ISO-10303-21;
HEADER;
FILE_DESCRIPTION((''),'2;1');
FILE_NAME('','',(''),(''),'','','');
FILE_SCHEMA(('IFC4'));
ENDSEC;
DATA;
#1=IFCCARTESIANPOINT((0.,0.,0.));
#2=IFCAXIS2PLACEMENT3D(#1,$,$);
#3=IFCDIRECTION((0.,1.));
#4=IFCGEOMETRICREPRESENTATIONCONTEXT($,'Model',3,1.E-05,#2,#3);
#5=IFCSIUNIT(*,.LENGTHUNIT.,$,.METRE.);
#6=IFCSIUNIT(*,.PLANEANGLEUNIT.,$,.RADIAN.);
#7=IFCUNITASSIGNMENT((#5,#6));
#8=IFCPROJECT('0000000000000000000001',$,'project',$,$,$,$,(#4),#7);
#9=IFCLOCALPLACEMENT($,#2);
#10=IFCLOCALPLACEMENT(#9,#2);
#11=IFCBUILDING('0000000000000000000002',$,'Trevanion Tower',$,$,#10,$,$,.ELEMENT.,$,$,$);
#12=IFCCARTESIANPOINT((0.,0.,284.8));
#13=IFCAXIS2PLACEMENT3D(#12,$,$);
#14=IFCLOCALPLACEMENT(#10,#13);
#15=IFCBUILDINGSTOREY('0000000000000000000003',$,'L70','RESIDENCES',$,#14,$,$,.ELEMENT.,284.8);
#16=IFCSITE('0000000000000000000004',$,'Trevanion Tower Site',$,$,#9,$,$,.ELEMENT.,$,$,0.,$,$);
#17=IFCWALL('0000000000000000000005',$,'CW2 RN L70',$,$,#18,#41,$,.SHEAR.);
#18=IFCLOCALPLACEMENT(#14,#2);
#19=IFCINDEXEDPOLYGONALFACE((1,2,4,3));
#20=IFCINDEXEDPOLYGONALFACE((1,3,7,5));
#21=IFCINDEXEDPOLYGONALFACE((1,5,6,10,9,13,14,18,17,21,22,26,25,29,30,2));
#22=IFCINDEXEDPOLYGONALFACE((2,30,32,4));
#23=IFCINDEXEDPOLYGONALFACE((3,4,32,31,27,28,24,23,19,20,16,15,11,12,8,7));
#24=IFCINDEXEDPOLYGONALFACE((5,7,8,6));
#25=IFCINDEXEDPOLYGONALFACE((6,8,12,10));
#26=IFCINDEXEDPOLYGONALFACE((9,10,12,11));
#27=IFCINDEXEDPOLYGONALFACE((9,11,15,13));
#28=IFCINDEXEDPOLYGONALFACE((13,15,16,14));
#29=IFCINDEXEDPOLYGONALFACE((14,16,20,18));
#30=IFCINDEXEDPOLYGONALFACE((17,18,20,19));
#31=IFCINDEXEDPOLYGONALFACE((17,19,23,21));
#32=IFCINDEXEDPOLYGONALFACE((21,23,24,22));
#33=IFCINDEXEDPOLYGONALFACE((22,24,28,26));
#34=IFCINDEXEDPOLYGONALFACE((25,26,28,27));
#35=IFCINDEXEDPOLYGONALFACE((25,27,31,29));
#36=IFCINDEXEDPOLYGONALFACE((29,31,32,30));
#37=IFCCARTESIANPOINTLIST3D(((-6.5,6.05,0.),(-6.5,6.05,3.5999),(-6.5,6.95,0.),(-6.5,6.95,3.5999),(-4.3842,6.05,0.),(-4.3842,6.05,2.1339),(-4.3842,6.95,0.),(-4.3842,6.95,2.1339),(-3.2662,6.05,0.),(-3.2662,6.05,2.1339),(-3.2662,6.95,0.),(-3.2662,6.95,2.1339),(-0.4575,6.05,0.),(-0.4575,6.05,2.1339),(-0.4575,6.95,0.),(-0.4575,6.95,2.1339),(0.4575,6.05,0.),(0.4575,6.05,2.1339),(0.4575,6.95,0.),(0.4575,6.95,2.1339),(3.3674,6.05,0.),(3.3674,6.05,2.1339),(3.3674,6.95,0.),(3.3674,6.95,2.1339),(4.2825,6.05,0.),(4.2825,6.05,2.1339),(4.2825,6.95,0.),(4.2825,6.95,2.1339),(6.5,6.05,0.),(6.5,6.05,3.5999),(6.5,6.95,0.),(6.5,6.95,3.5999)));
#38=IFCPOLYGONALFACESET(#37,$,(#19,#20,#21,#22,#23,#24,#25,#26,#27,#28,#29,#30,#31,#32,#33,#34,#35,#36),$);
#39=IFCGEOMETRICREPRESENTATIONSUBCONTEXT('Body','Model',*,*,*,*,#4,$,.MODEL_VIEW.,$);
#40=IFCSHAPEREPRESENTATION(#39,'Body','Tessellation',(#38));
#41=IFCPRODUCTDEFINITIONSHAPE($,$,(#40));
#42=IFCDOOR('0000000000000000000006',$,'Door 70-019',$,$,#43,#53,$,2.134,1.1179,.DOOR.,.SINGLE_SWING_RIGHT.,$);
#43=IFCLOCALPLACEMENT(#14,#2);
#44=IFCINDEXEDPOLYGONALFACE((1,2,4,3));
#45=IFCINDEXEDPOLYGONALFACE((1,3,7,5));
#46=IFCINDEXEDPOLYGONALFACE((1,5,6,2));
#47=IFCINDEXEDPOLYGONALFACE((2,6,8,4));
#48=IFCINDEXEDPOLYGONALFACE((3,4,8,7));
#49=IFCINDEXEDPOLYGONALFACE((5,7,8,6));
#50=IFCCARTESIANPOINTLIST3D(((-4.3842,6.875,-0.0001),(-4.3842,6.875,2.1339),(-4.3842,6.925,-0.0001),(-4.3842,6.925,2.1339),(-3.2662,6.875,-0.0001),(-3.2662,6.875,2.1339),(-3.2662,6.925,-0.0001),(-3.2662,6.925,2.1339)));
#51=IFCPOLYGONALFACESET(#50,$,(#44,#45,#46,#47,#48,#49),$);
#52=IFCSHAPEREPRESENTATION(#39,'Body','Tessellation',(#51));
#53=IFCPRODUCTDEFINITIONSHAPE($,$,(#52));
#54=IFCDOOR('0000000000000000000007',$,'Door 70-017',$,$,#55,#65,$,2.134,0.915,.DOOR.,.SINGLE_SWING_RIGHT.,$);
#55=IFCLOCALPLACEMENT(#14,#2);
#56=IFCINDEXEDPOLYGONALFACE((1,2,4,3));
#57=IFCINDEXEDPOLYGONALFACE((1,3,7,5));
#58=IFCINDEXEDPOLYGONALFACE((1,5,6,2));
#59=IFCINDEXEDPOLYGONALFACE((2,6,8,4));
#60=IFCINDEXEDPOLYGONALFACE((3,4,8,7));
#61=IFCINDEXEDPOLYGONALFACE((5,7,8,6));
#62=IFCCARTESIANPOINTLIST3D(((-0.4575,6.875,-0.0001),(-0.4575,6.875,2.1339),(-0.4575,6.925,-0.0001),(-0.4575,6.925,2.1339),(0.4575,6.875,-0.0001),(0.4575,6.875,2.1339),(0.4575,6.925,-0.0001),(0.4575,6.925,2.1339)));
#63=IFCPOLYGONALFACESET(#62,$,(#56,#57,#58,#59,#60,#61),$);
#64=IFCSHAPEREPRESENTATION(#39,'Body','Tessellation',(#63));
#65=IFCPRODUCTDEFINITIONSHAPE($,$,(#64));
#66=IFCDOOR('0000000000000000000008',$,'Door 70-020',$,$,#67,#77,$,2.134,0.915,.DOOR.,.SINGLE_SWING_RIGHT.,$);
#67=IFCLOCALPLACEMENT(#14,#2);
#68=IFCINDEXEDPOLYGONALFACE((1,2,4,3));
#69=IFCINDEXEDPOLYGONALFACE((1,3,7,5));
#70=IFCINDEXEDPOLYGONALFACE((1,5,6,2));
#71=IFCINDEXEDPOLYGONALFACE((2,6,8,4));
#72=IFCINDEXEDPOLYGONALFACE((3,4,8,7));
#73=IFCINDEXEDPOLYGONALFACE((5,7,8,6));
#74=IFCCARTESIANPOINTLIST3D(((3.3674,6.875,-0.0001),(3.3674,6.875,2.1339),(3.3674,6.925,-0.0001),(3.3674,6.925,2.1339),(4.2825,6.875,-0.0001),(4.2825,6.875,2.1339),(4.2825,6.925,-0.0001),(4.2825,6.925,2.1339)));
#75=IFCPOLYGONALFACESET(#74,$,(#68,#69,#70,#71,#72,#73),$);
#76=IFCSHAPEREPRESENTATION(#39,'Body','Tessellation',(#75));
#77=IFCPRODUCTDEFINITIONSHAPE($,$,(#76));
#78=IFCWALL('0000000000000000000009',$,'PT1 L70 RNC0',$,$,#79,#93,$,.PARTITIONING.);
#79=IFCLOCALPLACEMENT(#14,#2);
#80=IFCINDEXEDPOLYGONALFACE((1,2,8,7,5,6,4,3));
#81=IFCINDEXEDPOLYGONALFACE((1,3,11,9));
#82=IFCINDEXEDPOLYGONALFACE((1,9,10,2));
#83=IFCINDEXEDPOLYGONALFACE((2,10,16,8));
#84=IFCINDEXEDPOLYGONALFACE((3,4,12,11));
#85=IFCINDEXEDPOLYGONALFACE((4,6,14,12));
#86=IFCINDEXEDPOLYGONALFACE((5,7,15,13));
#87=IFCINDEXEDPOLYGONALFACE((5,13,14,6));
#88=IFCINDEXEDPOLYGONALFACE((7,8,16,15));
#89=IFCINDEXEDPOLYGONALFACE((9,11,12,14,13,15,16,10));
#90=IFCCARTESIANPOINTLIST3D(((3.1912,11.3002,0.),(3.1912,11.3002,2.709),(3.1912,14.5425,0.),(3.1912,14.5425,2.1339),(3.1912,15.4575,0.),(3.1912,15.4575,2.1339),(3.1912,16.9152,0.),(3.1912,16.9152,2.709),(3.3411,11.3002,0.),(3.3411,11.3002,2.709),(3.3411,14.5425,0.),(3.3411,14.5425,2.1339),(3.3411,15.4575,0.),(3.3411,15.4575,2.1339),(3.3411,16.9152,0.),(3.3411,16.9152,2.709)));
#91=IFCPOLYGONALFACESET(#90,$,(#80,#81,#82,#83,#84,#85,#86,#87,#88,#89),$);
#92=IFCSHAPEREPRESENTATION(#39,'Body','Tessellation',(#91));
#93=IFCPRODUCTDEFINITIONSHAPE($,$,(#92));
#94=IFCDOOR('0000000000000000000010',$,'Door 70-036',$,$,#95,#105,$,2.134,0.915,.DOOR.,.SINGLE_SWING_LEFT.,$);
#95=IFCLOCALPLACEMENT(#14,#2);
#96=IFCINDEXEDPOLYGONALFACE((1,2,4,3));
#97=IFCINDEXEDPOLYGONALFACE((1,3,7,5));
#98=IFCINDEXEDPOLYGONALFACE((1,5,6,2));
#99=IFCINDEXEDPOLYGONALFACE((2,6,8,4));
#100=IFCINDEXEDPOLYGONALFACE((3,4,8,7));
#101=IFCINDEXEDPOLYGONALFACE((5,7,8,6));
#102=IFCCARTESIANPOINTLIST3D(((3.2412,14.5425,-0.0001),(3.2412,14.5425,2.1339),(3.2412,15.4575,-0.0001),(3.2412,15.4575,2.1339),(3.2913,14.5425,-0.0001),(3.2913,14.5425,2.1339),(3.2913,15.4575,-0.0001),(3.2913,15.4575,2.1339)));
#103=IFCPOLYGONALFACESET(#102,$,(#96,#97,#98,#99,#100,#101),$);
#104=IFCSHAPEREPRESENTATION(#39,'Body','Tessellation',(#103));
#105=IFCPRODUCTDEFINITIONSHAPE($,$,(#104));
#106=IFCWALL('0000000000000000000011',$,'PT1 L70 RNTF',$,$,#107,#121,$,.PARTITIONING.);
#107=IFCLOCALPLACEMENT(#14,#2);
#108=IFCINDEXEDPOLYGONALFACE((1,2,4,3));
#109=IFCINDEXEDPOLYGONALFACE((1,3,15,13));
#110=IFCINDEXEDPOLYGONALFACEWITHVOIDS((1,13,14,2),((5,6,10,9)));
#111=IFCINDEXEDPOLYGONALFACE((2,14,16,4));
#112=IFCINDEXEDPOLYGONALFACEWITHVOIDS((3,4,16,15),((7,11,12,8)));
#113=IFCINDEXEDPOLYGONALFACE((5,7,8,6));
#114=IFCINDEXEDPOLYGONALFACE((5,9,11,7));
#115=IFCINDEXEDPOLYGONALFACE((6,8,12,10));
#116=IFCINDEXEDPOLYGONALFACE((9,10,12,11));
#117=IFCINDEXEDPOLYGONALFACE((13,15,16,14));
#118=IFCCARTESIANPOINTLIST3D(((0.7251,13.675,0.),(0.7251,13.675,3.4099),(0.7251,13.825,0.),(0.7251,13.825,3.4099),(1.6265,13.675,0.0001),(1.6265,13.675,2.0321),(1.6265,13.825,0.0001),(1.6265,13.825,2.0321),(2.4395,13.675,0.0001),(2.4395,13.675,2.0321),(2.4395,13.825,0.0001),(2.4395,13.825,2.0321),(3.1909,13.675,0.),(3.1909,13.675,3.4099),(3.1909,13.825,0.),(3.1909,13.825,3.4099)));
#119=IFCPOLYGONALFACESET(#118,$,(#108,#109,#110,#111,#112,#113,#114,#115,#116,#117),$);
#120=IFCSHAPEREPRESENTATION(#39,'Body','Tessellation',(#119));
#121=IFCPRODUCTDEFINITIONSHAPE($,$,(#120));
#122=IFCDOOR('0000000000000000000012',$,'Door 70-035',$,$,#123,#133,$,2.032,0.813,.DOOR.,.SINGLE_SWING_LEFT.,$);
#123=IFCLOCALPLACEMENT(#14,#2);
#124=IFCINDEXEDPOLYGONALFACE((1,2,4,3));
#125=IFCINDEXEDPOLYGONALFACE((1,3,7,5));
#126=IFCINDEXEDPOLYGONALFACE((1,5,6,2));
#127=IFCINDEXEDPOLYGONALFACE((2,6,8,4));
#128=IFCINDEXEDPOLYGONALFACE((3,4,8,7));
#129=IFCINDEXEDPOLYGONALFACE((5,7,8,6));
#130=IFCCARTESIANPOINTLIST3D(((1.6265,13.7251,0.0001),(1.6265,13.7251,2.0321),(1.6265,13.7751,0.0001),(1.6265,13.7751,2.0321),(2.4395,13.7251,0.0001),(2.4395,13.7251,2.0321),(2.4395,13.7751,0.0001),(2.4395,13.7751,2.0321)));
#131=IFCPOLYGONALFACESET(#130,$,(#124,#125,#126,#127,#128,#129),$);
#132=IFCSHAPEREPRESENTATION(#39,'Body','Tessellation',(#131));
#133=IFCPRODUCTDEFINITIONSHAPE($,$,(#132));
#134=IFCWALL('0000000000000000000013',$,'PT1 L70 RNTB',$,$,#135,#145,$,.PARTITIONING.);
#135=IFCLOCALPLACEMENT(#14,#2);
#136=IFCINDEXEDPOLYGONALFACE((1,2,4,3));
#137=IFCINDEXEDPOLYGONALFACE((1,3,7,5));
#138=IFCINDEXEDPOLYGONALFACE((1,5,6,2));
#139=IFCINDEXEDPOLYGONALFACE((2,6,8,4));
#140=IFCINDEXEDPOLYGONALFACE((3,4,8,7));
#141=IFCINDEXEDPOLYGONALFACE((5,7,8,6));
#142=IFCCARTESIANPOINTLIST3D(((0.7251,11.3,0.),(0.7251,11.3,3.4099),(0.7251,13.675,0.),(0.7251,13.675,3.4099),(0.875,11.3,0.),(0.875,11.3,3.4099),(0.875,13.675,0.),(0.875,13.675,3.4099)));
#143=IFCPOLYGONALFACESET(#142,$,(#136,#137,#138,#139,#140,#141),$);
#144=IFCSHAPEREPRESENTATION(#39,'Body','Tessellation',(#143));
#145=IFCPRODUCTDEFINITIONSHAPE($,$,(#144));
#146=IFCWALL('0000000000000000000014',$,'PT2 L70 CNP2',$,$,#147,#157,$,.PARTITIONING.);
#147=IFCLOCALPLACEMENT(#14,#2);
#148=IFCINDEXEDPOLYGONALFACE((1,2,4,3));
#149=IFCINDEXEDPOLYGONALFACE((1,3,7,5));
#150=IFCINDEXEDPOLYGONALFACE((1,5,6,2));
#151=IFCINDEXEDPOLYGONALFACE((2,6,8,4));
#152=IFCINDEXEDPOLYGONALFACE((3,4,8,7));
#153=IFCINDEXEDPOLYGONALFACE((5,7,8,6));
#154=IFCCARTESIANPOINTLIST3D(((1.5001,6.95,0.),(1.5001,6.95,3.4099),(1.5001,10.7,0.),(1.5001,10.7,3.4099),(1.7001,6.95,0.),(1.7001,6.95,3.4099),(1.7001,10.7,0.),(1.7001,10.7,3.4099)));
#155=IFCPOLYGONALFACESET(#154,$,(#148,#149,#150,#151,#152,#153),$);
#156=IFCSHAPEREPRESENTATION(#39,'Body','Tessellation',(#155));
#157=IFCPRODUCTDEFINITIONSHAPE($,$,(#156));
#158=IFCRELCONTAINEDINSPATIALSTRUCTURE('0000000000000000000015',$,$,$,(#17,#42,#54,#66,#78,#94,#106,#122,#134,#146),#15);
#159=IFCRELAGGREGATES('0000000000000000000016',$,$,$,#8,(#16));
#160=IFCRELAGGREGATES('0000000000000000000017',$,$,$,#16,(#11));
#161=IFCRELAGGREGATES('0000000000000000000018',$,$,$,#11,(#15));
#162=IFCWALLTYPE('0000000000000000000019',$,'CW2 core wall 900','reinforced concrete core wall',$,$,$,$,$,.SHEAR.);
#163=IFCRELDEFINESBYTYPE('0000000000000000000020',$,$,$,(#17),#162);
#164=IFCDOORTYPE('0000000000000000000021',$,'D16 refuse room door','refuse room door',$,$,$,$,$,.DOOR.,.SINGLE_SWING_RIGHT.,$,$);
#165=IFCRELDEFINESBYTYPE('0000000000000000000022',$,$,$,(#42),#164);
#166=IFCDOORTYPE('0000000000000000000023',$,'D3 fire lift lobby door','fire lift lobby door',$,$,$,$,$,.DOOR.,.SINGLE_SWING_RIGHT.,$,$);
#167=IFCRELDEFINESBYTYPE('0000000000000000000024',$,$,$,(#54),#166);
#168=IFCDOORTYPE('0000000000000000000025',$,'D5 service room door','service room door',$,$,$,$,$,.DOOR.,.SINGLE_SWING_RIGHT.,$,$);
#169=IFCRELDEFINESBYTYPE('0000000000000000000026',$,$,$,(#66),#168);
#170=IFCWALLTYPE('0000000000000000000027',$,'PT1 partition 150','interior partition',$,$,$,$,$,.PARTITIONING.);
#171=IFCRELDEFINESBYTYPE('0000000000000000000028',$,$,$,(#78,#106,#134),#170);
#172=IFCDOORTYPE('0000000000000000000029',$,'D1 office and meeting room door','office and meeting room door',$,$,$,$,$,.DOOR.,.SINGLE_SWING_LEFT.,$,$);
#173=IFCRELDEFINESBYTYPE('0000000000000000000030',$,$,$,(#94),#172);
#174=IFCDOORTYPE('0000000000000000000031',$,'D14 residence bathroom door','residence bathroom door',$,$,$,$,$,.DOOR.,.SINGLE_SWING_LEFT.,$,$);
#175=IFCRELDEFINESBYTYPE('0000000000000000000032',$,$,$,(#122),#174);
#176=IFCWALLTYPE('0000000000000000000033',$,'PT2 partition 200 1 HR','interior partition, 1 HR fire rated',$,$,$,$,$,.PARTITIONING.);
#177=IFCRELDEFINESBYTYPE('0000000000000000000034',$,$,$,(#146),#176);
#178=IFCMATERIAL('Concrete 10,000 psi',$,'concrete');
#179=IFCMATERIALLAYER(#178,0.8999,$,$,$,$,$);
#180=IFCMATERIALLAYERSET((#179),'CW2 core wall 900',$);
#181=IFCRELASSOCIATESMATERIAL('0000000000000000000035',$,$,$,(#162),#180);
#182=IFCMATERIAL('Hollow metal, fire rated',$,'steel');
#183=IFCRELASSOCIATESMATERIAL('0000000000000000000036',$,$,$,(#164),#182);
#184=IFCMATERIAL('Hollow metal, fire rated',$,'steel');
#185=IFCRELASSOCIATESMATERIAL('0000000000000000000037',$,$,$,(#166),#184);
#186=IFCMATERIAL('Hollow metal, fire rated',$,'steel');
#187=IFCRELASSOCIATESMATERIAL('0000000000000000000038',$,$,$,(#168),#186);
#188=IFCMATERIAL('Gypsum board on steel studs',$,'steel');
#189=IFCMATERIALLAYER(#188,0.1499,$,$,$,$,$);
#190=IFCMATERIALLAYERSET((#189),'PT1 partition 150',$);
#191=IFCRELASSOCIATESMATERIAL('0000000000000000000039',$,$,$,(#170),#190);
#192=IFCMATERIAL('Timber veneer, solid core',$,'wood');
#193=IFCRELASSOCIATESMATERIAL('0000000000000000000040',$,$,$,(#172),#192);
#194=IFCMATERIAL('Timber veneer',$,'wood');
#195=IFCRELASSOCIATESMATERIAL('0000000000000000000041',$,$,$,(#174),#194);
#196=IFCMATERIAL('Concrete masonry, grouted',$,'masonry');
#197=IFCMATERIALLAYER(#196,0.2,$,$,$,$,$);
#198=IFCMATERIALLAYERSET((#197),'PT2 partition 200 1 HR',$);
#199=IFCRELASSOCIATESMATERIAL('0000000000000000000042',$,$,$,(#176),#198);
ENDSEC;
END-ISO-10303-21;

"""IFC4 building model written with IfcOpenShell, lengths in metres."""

from ifc_helpers import new_model, si_unit, direction, frame, frame_2d, origin, place, context, subcontext, project, spatial, rectangle, extrude, material, layer, layer_set, type_object, element, fill, save


model = new_model("IFC4")

# Units and contexts
model_context = context("Model", 3, precision=1e-05, world=origin(), true_north=direction((0.0, 1.0)))
body_context = subcontext(model_context, "Body", "Model", "MODEL_VIEW")
ifc_project = project(units=[si_unit("LENGTHUNIT", "METRE"), si_unit("PLANEANGLEUNIT", "RADIAN")], contexts=[model_context])

# Site, building, storey
site_placement = place(None, origin())
site = spatial("IfcSite", under=ifc_project, at=site_placement, Name="Trevanion Tower Site", CompositionType="ELEMENT", RefElevation=0.0)
building_placement = place(site_placement, origin())
building = spatial("IfcBuilding", under=site, at=building_placement, Name="Trevanion Tower", CompositionType="ELEMENT")
storey_placement = place(building_placement, frame((0.0, 0.0, 284.8)))
storey = spatial("IfcBuildingStorey", under=building, at=storey_placement, Name="L70", Description="RESIDENCES", CompositionType="ELEMENT", Elevation=284.8)

# Wall, openings, doors
ifc_material_1 = material(Name="Concrete 10,000 psi", Category="concrete")
ifc_layer_1 = layer(ifc_material_1, 0.8999)
ifc_layer_set_1 = layer_set([ifc_layer_1], Name="CW2 core wall 900")
wall_type_1 = type_object("IfcWallType", Name="CW2 core wall 900", Description="reinforced concrete core wall", PredefinedType="SHEAR", material=ifc_layer_set_1)
wall_1_placement = place(storey_placement, frame((6.5, 6.5, 0.0), z_axis=(0.0, 0.0, 1.0), x_axis=(-1.0, 0.0, 0.0)))
wall_1 = element("IfcWall", 1, at=wall_1_placement, inside=storey, type_object=wall_type_1, Name="CW2 RN L70", PredefinedType="SHEAR", context=body_context, shape_type="SweptSolid", body=[
    extrude(rectangle(XDim=13.0, YDim=0.8999, at=frame_2d((6.5, 0.0))), origin(), (0.0, 0.0, 1.0), 3.5999),
])
opening_1_placement = place(wall_1_placement, frame((6.0425, 0.0, 0.0)))
opening_1 = element("IfcOpeningElement", 2, at=opening_1_placement, cuts=wall_1, PredefinedType="OPENING", context=body_context, shape_type="SweptSolid", body=[
    extrude(rectangle(XDim=0.915, YDim=2.134, at=frame_2d((0.4575, 1.0669))), frame((0.0, 0.46, 0.0), z_axis=(0.0, -1.0, 0.0), x_axis=(1.0, 0.0, 0.0)), (0.0, 0.0, 1.0), 0.9199),
])
opening_2_placement = place(wall_1_placement, frame((9.7661, 0.0, 0.0)))
opening_2 = element("IfcOpeningElement", 3, at=opening_2_placement, cuts=wall_1, PredefinedType="OPENING", context=body_context, shape_type="SweptSolid", body=[
    extrude(rectangle(XDim=1.1179, YDim=2.134, at=frame_2d((0.5591, 1.0669))), frame((0.0, 0.46, 0.0), z_axis=(0.0, -1.0, 0.0), x_axis=(1.0, 0.0, 0.0)), (0.0, 0.0, 1.0), 0.9199),
])
opening_3_placement = place(wall_1_placement, frame((2.2175, 0.0, 0.0)))
opening_3 = element("IfcOpeningElement", 4, at=opening_3_placement, cuts=wall_1, PredefinedType="OPENING", context=body_context, shape_type="SweptSolid", body=[
    extrude(rectangle(XDim=0.915, YDim=2.134, at=frame_2d((0.4575, 1.0669))), frame((0.0, 0.46, 0.0), z_axis=(0.0, -1.0, 0.0), x_axis=(1.0, 0.0, 0.0)), (0.0, 0.0, 1.0), 0.9199),
])
ifc_material_2 = material(Name="Hollow metal, fire rated", Category="steel")
door_type_1 = type_object("IfcDoorType", Name="D16 refuse room door", Description="refuse room door", OperationType="SINGLE_SWING_RIGHT", PredefinedType="DOOR", material=ifc_material_2)
door_1_placement = place(opening_2_placement, origin())
door_1 = element("IfcDoor", 5, at=door_1_placement, inside=storey, type_object=door_type_1, Name="Door 70-019", OperationType="SINGLE_SWING_RIGHT", OverallHeight=2.134, OverallWidth=1.1179, PredefinedType="DOOR", context=body_context, shape_type="SweptSolid", body=[
    extrude(rectangle(XDim=1.1179, YDim=2.134, at=frame_2d((0.5591, 1.0669))), frame((0.0, -0.375, 0.0), z_axis=(0.0, -1.0, 0.0), x_axis=(1.0, 0.0, 0.0)), (0.0, 0.0, 1.0), 0.05),
])
fill(opening_2, door_1)
ifc_material_3 = material(Name="Hollow metal, fire rated", Category="steel")
door_type_2 = type_object("IfcDoorType", Name="D3 fire lift lobby door", Description="fire lift lobby door", OperationType="SINGLE_SWING_RIGHT", PredefinedType="DOOR", material=ifc_material_3)
door_2_placement = place(opening_1_placement, origin())
door_2 = element("IfcDoor", 6, at=door_2_placement, inside=storey, type_object=door_type_2, Name="Door 70-017", OperationType="SINGLE_SWING_RIGHT", OverallHeight=2.134, OverallWidth=0.915, PredefinedType="DOOR", context=body_context, shape_type="SweptSolid", body=[
    extrude(rectangle(XDim=0.915, YDim=2.134, at=frame_2d((0.4575, 1.0669))), frame((0.0, -0.375, 0.0), z_axis=(0.0, -1.0, 0.0), x_axis=(1.0, 0.0, 0.0)), (0.0, 0.0, 1.0), 0.05),
])
fill(opening_1, door_2)
ifc_material_4 = material(Name="Hollow metal, fire rated", Category="steel")
door_type_3 = type_object("IfcDoorType", Name="D5 service room door", Description="service room door", OperationType="SINGLE_SWING_RIGHT", PredefinedType="DOOR", material=ifc_material_4)
door_3_placement = place(opening_3_placement, origin())
door_3 = element("IfcDoor", 7, at=door_3_placement, inside=storey, type_object=door_type_3, Name="Door 70-020", OperationType="SINGLE_SWING_RIGHT", OverallHeight=2.134, OverallWidth=0.915, PredefinedType="DOOR", context=body_context, shape_type="SweptSolid", body=[
    extrude(rectangle(XDim=0.915, YDim=2.134, at=frame_2d((0.4575, 1.0669))), frame((0.0, -0.375, 0.0), z_axis=(0.0, -1.0, 0.0), x_axis=(1.0, 0.0, 0.0)), (0.0, 0.0, 1.0), 0.05),
])
fill(opening_3, door_3)

# Walls, openings, doors
ifc_material_5 = material(Name="Gypsum board on steel studs", Category="steel")
ifc_layer_2 = layer(ifc_material_5, 0.1499)
ifc_layer_set_2 = layer_set([ifc_layer_2], Name="PT1 partition 150")
wall_type_2 = type_object("IfcWallType", Name="PT1 partition 150", Description="interior partition", PredefinedType="PARTITIONING", material=ifc_layer_set_2)
wall_2_placement = place(storey_placement, frame((3.2661, 11.3, 0.0), z_axis=(0.0, 0.0, 1.0), x_axis=(0.0, 1.0, 0.0)))
wall_2 = element("IfcWall", 8, at=wall_2_placement, inside=storey, type_object=wall_type_2, Name="PT1 L70 RNC0", PredefinedType="PARTITIONING", context=body_context, shape_type="SweptSolid", body=[
    extrude(rectangle(XDim=5.615, YDim=0.1499, at=frame_2d((2.8076, 0.0))), origin(), (0.0, 0.0, 1.0), 2.709),
])
opening_4_placement = place(wall_2_placement, frame((3.2424, 0.0, 0.0)))
opening_4 = element("IfcOpeningElement", 9, at=opening_4_placement, cuts=wall_2, PredefinedType="OPENING", context=body_context, shape_type="SweptSolid", body=[
    extrude(rectangle(XDim=0.915, YDim=2.134, at=frame_2d((0.4575, 1.0669))), frame((0.0, 0.085, 0.0), z_axis=(0.0, -1.0, 0.0), x_axis=(1.0, 0.0, 0.0)), (0.0, 0.0, 1.0), 0.1699),
])
ifc_material_6 = material(Name="Timber veneer, solid core", Category="wood")
door_type_4 = type_object("IfcDoorType", Name="D1 office and meeting room door", Description="office and meeting room door", OperationType="SINGLE_SWING_LEFT", PredefinedType="DOOR", material=ifc_material_6)
door_4_placement = place(opening_4_placement, origin())
door_4 = element("IfcDoor", 10, at=door_4_placement, inside=storey, type_object=door_type_4, Name="Door 70-036", OperationType="SINGLE_SWING_LEFT", OverallHeight=2.134, OverallWidth=0.915, PredefinedType="DOOR", context=body_context, shape_type="SweptSolid", body=[
    extrude(rectangle(XDim=0.915, YDim=2.134, at=frame_2d((0.4575, 1.0669))), frame((0.0, 0.0249, 0.0), z_axis=(0.0, -1.0, 0.0), x_axis=(1.0, 0.0, 0.0)), (0.0, 0.0, 1.0), 0.05),
])
fill(opening_4, door_4)
wall_3_placement = place(storey_placement, frame((3.1909, 13.75, 0.0), z_axis=(0.0, 0.0, 1.0), x_axis=(-1.0, 0.0, 0.0)))
wall_3 = element("IfcWall", 11, at=wall_3_placement, inside=storey, type_object=wall_type_2, Name="PT1 L70 RNTF", PredefinedType="PARTITIONING", context=body_context, shape_type="SweptSolid", body=[
    extrude(rectangle(XDim=2.4658, YDim=0.1499, at=frame_2d((1.2329, 0.0))), origin(), (0.0, 0.0, 1.0), 3.4099),
])
opening_5_placement = place(wall_3_placement, frame((0.7515, 0.0, 0.0)))
opening_5 = element("IfcOpeningElement", 12, at=opening_5_placement, cuts=wall_3, PredefinedType="OPENING", context=body_context, shape_type="SweptSolid", body=[
    extrude(rectangle(XDim=0.813, YDim=2.032, at=frame_2d((0.4065, 1.0161))), frame((0.0, 0.085, 0.0), z_axis=(0.0, -1.0, 0.0), x_axis=(1.0, 0.0, 0.0)), (0.0, 0.0, 1.0), 0.1699),
])
ifc_material_7 = material(Name="Timber veneer", Category="wood")
door_type_5 = type_object("IfcDoorType", Name="D14 residence bathroom door", Description="residence bathroom door", OperationType="SINGLE_SWING_LEFT", PredefinedType="DOOR", material=ifc_material_7)
door_5_placement = place(opening_5_placement, origin())
door_5 = element("IfcDoor", 13, at=door_5_placement, inside=storey, type_object=door_type_5, Name="Door 70-035", OperationType="SINGLE_SWING_LEFT", OverallHeight=2.032, OverallWidth=0.813, PredefinedType="DOOR", context=body_context, shape_type="SweptSolid", body=[
    extrude(rectangle(XDim=0.813, YDim=2.032, at=frame_2d((0.4065, 1.0161))), frame((0.0, 0.0249, 0.0), z_axis=(0.0, -1.0, 0.0), x_axis=(1.0, 0.0, 0.0)), (0.0, 0.0, 1.0), 0.05),
])
fill(opening_5, door_5)

# Walls
wall_4_placement = place(storey_placement, frame((0.8, 11.3, 0.0), z_axis=(0.0, 0.0, 1.0), x_axis=(0.0, 1.0, 0.0)))
element("IfcWall", 14, at=wall_4_placement, inside=storey, type_object=wall_type_2, Name="PT1 L70 RNTB", PredefinedType="PARTITIONING", context=body_context, shape_type="SweptSolid", body=[
    extrude(rectangle(XDim=2.375, YDim=0.1499, at=frame_2d((1.1875, 0.0))), origin(), (0.0, 0.0, 1.0), 3.4099),
])
ifc_material_8 = material(Name="Concrete masonry, grouted", Category="masonry")
ifc_layer_3 = layer(ifc_material_8, 0.2)
ifc_layer_set_3 = layer_set([ifc_layer_3], Name="PT2 partition 200 1 HR")
wall_type_3 = type_object("IfcWallType", Name="PT2 partition 200 1 HR", Description="interior partition, 1 HR fire rated", PredefinedType="PARTITIONING", material=ifc_layer_set_3)
wall_5_placement = place(storey_placement, frame((1.6001, 6.95, 0.0), z_axis=(0.0, 0.0, 1.0), x_axis=(0.0, 1.0, 0.0)))
element("IfcWall", 15, at=wall_5_placement, inside=storey, type_object=wall_type_3, Name="PT2 L70 CNP2", PredefinedType="PARTITIONING", context=body_context, shape_type="SweptSolid", body=[
    extrude(rectangle(XDim=3.75, YDim=0.2, at=frame_2d((1.875, 0.0))), origin(), (0.0, 0.0, 1.0), 3.4099),
])

save(model, "model.ifc")
